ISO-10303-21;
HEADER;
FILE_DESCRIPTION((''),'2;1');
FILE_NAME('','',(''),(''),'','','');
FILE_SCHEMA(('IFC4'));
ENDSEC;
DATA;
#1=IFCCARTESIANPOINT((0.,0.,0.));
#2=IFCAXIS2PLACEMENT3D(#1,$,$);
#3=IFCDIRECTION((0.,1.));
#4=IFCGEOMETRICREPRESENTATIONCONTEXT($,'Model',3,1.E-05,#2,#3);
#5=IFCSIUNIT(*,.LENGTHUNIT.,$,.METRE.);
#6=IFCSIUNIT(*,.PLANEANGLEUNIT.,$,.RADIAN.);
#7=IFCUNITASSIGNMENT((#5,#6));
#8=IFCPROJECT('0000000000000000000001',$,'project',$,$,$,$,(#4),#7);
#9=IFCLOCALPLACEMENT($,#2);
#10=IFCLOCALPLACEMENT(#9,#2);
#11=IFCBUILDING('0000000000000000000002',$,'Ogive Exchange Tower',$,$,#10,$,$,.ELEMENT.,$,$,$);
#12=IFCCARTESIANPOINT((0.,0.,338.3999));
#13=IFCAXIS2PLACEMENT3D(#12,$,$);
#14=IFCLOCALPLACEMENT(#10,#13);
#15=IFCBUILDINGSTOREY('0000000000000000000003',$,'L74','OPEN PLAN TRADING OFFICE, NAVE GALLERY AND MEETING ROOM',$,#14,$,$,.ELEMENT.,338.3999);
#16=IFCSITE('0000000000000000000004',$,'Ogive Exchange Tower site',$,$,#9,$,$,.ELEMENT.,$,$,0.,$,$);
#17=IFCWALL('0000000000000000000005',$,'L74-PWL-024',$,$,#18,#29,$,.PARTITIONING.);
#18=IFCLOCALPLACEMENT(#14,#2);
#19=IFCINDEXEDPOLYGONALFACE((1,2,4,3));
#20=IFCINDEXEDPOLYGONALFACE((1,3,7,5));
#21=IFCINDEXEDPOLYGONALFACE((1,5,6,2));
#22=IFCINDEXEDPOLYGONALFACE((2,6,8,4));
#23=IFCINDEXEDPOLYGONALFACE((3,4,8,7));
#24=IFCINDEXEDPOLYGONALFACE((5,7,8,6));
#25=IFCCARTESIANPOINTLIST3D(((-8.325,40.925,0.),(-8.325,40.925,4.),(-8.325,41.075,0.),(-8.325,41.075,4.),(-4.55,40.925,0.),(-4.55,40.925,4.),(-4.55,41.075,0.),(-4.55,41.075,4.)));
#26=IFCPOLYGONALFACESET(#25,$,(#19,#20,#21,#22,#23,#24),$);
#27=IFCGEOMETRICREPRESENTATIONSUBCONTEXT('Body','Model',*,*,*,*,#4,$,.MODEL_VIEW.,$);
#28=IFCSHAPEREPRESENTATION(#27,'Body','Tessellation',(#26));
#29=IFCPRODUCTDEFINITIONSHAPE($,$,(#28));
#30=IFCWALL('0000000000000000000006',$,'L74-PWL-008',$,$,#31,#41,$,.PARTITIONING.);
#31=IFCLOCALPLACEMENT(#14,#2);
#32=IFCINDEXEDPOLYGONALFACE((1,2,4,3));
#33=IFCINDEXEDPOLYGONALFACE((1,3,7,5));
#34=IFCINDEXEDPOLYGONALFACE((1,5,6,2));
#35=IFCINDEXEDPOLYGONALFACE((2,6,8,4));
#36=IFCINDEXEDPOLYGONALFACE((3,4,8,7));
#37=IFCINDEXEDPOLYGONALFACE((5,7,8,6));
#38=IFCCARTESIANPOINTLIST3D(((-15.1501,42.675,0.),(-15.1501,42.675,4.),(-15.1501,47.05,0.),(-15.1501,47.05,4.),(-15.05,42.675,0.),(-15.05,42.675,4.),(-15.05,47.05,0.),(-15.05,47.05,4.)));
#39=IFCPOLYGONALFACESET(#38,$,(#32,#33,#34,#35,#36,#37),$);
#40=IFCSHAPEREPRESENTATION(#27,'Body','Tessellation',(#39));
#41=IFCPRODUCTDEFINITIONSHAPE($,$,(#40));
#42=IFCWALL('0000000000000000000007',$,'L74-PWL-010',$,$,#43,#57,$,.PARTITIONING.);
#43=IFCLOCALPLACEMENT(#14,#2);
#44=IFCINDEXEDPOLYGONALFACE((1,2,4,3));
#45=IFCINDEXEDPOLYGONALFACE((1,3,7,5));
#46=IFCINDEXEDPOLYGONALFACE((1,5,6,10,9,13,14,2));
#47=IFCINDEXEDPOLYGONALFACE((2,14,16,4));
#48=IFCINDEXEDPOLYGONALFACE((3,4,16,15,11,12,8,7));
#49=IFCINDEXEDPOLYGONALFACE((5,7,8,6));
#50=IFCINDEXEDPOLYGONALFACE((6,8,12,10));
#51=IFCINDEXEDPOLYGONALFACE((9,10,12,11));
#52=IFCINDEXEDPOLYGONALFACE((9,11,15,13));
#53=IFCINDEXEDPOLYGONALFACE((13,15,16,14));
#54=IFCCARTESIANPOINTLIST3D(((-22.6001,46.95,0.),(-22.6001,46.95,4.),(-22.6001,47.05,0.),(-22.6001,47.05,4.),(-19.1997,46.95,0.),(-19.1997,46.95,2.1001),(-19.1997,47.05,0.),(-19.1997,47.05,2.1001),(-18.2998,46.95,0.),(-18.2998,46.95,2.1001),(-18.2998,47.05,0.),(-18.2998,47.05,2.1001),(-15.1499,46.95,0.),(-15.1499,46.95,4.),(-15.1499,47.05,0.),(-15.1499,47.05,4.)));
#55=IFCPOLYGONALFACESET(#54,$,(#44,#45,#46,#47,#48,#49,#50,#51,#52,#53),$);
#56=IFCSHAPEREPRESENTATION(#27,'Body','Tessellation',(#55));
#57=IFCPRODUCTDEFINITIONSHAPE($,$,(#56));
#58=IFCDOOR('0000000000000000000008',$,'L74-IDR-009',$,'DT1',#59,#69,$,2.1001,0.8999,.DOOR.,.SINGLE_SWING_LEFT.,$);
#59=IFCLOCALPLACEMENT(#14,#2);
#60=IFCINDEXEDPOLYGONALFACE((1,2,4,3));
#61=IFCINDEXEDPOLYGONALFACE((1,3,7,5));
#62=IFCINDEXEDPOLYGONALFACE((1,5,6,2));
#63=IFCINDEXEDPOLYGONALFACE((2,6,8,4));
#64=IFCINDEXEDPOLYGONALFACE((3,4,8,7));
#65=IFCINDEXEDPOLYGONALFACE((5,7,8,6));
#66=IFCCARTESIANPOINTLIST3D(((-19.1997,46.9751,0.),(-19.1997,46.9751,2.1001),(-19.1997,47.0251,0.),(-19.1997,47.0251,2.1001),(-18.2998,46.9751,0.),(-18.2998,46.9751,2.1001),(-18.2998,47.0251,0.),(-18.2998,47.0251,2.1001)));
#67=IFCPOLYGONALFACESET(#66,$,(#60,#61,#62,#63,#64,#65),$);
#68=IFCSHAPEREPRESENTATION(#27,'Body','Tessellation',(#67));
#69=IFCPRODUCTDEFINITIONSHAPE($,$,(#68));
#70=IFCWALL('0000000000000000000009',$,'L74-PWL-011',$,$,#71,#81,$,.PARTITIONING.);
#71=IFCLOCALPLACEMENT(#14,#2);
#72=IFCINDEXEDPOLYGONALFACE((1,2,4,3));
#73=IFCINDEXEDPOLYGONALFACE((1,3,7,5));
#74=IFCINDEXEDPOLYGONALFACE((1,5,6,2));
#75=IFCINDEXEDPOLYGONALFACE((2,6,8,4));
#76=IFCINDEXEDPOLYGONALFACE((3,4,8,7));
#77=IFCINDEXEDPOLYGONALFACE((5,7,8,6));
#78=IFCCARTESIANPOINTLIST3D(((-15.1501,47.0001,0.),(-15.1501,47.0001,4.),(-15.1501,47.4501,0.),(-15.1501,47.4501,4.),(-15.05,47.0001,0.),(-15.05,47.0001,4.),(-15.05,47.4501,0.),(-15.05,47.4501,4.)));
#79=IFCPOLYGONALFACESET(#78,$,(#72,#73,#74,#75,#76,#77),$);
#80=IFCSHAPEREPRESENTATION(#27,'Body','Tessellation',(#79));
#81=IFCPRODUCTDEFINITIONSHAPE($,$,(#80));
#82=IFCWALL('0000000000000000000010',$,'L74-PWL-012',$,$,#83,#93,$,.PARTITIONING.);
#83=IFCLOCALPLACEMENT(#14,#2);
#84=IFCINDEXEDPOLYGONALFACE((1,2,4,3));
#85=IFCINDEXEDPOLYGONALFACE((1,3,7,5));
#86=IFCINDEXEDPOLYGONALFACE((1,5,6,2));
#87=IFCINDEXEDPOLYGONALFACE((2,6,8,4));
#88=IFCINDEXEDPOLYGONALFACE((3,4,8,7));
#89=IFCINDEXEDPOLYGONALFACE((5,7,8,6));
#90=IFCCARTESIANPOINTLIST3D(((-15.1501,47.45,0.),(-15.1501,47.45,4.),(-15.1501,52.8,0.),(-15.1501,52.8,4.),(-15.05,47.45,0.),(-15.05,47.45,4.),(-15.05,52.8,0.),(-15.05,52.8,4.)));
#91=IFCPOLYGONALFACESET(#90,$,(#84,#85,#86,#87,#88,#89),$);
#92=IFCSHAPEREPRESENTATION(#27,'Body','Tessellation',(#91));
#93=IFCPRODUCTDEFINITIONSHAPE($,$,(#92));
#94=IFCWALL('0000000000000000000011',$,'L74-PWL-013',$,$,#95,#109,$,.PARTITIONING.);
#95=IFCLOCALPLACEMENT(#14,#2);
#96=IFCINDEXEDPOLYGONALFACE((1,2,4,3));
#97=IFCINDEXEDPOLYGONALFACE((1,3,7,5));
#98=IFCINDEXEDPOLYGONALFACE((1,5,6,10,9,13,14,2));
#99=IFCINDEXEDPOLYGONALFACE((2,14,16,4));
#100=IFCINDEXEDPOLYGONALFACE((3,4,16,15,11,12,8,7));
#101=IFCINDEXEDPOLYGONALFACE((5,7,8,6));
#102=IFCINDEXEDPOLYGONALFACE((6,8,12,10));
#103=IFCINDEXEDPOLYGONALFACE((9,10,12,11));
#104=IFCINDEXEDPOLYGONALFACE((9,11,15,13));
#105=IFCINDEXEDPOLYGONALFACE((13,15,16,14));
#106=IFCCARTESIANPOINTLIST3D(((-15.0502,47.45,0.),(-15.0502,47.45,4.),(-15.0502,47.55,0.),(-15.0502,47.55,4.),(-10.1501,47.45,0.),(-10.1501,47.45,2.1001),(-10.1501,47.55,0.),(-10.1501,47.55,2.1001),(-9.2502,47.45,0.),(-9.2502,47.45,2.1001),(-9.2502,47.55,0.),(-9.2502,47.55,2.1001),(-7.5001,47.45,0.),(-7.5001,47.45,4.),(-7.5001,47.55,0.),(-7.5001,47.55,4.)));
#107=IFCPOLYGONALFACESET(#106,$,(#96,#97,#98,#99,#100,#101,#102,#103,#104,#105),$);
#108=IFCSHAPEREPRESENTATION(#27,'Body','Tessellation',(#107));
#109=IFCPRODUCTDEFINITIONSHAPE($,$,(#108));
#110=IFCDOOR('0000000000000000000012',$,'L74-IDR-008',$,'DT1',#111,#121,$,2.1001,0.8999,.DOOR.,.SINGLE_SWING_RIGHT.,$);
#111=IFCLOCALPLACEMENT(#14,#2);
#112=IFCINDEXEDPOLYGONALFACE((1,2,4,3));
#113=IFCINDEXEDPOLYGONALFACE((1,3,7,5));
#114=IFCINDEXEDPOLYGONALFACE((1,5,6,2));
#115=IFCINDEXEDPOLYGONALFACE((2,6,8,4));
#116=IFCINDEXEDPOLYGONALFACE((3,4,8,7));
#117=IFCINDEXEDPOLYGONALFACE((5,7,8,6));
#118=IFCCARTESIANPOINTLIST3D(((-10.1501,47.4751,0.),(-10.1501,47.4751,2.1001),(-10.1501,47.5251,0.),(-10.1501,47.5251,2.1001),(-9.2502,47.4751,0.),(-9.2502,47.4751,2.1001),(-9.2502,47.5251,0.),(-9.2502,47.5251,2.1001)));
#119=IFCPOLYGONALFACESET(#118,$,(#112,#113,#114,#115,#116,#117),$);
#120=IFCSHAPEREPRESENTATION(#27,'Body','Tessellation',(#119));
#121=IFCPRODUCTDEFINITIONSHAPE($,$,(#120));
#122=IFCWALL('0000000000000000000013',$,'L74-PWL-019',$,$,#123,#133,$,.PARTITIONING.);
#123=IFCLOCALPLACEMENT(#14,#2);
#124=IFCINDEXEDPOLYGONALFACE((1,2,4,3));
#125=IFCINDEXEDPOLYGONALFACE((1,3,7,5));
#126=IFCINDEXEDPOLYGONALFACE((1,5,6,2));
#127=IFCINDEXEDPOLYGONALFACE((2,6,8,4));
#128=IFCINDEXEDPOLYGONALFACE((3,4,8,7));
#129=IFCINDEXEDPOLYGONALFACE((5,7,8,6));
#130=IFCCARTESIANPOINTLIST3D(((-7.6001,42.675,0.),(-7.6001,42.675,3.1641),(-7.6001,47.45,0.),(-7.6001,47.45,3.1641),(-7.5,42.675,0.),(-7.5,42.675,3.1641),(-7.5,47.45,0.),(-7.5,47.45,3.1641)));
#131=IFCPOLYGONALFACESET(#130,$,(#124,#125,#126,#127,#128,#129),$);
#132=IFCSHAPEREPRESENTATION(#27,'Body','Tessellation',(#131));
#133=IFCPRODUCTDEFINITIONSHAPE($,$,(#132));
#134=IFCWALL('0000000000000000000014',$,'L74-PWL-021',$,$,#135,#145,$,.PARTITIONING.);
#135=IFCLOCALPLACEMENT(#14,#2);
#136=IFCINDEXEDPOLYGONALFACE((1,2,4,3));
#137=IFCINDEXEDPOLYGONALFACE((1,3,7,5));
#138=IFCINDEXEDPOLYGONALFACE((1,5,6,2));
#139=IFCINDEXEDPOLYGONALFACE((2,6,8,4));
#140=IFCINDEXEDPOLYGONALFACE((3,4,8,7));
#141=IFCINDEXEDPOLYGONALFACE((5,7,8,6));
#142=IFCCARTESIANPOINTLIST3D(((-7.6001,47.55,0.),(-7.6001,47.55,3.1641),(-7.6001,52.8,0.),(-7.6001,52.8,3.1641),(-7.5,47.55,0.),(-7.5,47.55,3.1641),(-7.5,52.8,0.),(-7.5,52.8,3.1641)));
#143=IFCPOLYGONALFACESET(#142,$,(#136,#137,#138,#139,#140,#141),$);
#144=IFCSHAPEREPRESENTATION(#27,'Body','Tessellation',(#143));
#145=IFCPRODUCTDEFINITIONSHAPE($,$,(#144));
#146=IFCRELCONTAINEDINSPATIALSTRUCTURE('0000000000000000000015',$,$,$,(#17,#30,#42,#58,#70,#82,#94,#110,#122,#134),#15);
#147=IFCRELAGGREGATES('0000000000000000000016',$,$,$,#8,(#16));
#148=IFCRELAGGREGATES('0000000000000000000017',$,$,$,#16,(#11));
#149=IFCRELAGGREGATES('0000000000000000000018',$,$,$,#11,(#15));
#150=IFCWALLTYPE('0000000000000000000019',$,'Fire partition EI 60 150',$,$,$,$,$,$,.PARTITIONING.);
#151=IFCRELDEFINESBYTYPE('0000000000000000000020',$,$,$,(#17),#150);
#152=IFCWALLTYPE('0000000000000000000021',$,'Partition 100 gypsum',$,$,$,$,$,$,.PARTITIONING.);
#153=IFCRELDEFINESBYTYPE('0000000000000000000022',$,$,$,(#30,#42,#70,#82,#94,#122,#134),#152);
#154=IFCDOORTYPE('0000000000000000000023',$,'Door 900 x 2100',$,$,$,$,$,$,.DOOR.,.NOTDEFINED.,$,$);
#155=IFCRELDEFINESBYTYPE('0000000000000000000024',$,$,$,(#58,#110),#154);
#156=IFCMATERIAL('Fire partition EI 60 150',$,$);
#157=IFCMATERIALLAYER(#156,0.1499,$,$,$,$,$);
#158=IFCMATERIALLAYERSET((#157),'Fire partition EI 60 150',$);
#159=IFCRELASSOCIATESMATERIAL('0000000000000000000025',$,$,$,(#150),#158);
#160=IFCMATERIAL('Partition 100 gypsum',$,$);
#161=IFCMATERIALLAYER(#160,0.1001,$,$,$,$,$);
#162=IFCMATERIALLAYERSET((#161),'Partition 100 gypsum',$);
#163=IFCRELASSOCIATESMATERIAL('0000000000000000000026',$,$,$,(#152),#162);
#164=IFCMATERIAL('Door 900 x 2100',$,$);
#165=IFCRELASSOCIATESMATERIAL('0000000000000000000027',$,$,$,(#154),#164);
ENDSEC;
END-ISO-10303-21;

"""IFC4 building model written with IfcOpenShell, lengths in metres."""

from ifc_helpers import new_model, si_unit, direction, frame, frame_2d, origin, place, context, subcontext, project, spatial, rectangle, extrude, material, layer, layer_set, type_object, element, fill, save


model = new_model("IFC4")

# Units and contexts
model_context = context("Model", 3, precision=1e-05, world=origin(), true_north=direction((0.0, 1.0)))
body_context = subcontext(model_context, "Body", "Model", "MODEL_VIEW")
ifc_project = project(units=[si_unit("LENGTHUNIT", "METRE"), si_unit("PLANEANGLEUNIT", "RADIAN")], contexts=[model_context])

# Site, building, storey
site_placement = place(None, origin())
site = spatial("IfcSite", under=ifc_project, at=site_placement, Name="Ogive Exchange Tower site", CompositionType="ELEMENT", RefElevation=0.0)
building_placement = place(site_placement, origin())
building = spatial("IfcBuilding", under=site, at=building_placement, Name="Ogive Exchange Tower", CompositionType="ELEMENT")
storey_placement = place(building_placement, frame((0.0, 0.0, 338.3999)))
storey = spatial("IfcBuildingStorey", under=building, at=storey_placement, Name="L74", Description="OPEN PLAN TRADING OFFICE, NAVE GALLERY AND MEETING ROOM", CompositionType="ELEMENT", Elevation=338.3999)

# Shared definitions
ifc_material_1 = material(Name="Fire partition EI 60 150")
ifc_layer_1 = layer(ifc_material_1, 0.1499)
ifc_layer_set_1 = layer_set([ifc_layer_1], Name="Fire partition EI 60 150")
wall_type_1 = type_object("IfcWallType", Name="Fire partition EI 60 150", PredefinedType="PARTITIONING", material=ifc_layer_set_1)

# Walls
wall_1_placement = place(storey_placement, frame((-4.55, 41.0, 0.0), z_axis=(0.0, 0.0, 1.0), x_axis=(-1.0, 0.0, 0.0)))
element("IfcWall", 1, at=wall_1_placement, inside=storey, type_object=wall_type_1, Name="L74-PWL-024", PredefinedType="PARTITIONING", context=body_context, shape_type="SweptSolid", body=[
    extrude(rectangle(XDim=3.7749, YDim=0.1499, at=frame_2d((1.8875, 0.0))), origin(), (0.0, 0.0, 1.0), 4.0),
])
ifc_material_2 = material(Name="Partition 100 gypsum")
ifc_layer_2 = layer(ifc_material_2, 0.1001)
ifc_layer_set_2 = layer_set([ifc_layer_2], Name="Partition 100 gypsum")
wall_type_2 = type_object("IfcWallType", Name="Partition 100 gypsum", PredefinedType="PARTITIONING", material=ifc_layer_set_2)
wall_2_placement = place(storey_placement, frame((-15.1001, 42.675, 0.0), z_axis=(0.0, 0.0, 1.0), x_axis=(0.0, 1.0, 0.0)))
element("IfcWall", 2, at=wall_2_placement, inside=storey, type_object=wall_type_2, Name="L74-PWL-008", PredefinedType="PARTITIONING", context=body_context, shape_type="SweptSolid", body=[
    extrude(rectangle(XDim=4.375, YDim=0.1001, at=frame_2d((2.1875, 0.0))), origin(), (0.0, 0.0, 1.0), 4.0),
])

# Wall, opening, door
wall_3_placement = place(storey_placement, frame((-15.1499, 47.0, 0.0), z_axis=(0.0, 0.0, 1.0), x_axis=(-1.0, 0.0, 0.0)))
wall_3 = element("IfcWall", 3, at=wall_3_placement, inside=storey, type_object=wall_type_2, Name="L74-PWL-010", PredefinedType="PARTITIONING", context=body_context, shape_type="SweptSolid", body=[
    extrude(rectangle(XDim=7.4502, YDim=0.1001, at=frame_2d((3.7251, 0.0))), origin(), (0.0, 0.0, 1.0), 4.0),
])
opening_1_placement = place(wall_3_placement, frame((3.1499, 0.0, 0.0)))
opening_1 = element("IfcOpeningElement", 4, at=opening_1_placement, cuts=wall_3, PredefinedType="OPENING", context=body_context, shape_type="SweptSolid", body=[
    extrude(rectangle(XDim=0.8999, YDim=2.1001, at=frame_2d((0.45, 1.05))), frame((0.0, 0.0601, 0.0), z_axis=(0.0, -1.0, 0.0), x_axis=(1.0, 0.0, 0.0)), (0.0, 0.0, 1.0), 0.1201),
])
ifc_material_3 = material(Name="Door 900 x 2100")
door_type_1 = type_object("IfcDoorType", Name="Door 900 x 2100", OperationType="NOTDEFINED", PredefinedType="DOOR", material=ifc_material_3)
door_1_placement = place(opening_1_placement, origin())
door_1 = element("IfcDoor", 5, at=door_1_placement, inside=storey, type_object=door_type_1, Name="L74-IDR-009", ObjectType="DT1", OperationType="SINGLE_SWING_LEFT", OverallHeight=2.1001, OverallWidth=0.8999, PredefinedType="DOOR", context=body_context, shape_type="SweptSolid", body=[
    extrude(rectangle(XDim=0.8999, YDim=2.1001, at=frame_2d((0.45, 1.05))), frame((0.0, 0.0249, 0.0), z_axis=(0.0, -1.0, 0.0), x_axis=(1.0, 0.0, 0.0)), (0.0, 0.0, 1.0), 0.05),
])
fill(opening_1, door_1)

# Walls
wall_4_placement = place(storey_placement, frame((-15.1001, 47.0, 0.0), z_axis=(0.0, 0.0, 1.0), x_axis=(0.0, 1.0, 0.0)))
element("IfcWall", 6, at=wall_4_placement, inside=storey, type_object=wall_type_2, Name="L74-PWL-011", PredefinedType="PARTITIONING", context=body_context, shape_type="SweptSolid", body=[
    extrude(rectangle(XDim=0.45, YDim=0.1001, at=frame_2d((0.2251, 0.0))), origin(), (0.0, 0.0, 1.0), 4.0),
])
wall_5_placement = place(storey_placement, frame((-15.1001, 47.45, 0.0), z_axis=(0.0, 0.0, 1.0), x_axis=(0.0, 1.0, 0.0)))
element("IfcWall", 7, at=wall_5_placement, inside=storey, type_object=wall_type_2, Name="L74-PWL-012", PredefinedType="PARTITIONING", context=body_context, shape_type="SweptSolid", body=[
    extrude(rectangle(XDim=5.3501, YDim=0.1001, at=frame_2d((2.675, 0.0))), origin(), (0.0, 0.0, 1.0), 4.0),
])

# Wall, opening, door
wall_6_placement = place(storey_placement, frame((-15.05, 47.5, 0.0), z_axis=(0.0, 0.0, 1.0), x_axis=(1.0, 0.0, 0.0)))
wall_6 = element("IfcWall", 8, at=wall_6_placement, inside=storey, type_object=wall_type_2, Name="L74-PWL-013", PredefinedType="PARTITIONING", context=body_context, shape_type="SweptSolid", body=[
    extrude(rectangle(XDim=7.55, YDim=0.1001, at=frame_2d((3.7749, 0.0))), origin(), (0.0, 0.0, 1.0), 4.0),
])
opening_2_placement = place(wall_6_placement, frame((4.8999, 0.0, 0.0)))
opening_2 = element("IfcOpeningElement", 9, at=opening_2_placement, cuts=wall_6, PredefinedType="OPENING", context=body_context, shape_type="SweptSolid", body=[
    extrude(rectangle(XDim=0.8999, YDim=2.1001, at=frame_2d((0.45, 1.05))), frame((0.0, 0.0601, 0.0), z_axis=(0.0, -1.0, 0.0), x_axis=(1.0, 0.0, 0.0)), (0.0, 0.0, 1.0), 0.1201),
])
door_2_placement = place(opening_2_placement, frame((0.8999, 0.0, 0.0), z_axis=(0.0, 0.0, 1.0), x_axis=(-1.0, 0.0, 0.0)))
door_2 = element("IfcDoor", 10, at=door_2_placement, inside=storey, type_object=door_type_1, Name="L74-IDR-008", ObjectType="DT1", OperationType="SINGLE_SWING_RIGHT", OverallHeight=2.1001, OverallWidth=0.8999, PredefinedType="DOOR", context=body_context, shape_type="SweptSolid", body=[
    extrude(rectangle(XDim=0.8999, YDim=2.1001, at=frame_2d((0.45, 1.05))), frame((0.0, 0.0249, 0.0), z_axis=(0.0, -1.0, 0.0), x_axis=(1.0, 0.0, 0.0)), (0.0, 0.0, 1.0), 0.05),
])
fill(opening_2, door_2)

# Walls
wall_7_placement = place(storey_placement, frame((-7.55, 42.675, 0.0), z_axis=(0.0, 0.0, 1.0), x_axis=(0.0, 1.0, 0.0)))
element("IfcWall", 11, at=wall_7_placement, inside=storey, type_object=wall_type_2, Name="L74-PWL-019", PredefinedType="PARTITIONING", context=body_context, shape_type="SweptSolid", body=[
    extrude(rectangle(XDim=4.7749, YDim=0.1001, at=frame_2d((2.3875, 0.0))), origin(), (0.0, 0.0, 1.0), 3.1641),
])
wall_8_placement = place(storey_placement, frame((-7.55, 47.55, 0.0), z_axis=(0.0, 0.0, 1.0), x_axis=(0.0, 1.0, 0.0)))
element("IfcWall", 12, at=wall_8_placement, inside=storey, type_object=wall_type_2, Name="L74-PWL-021", PredefinedType="PARTITIONING", context=body_context, shape_type="SweptSolid", body=[
    extrude(rectangle(XDim=5.25, YDim=0.1001, at=frame_2d((2.625, 0.0))), origin(), (0.0, 0.0, 1.0), 3.1641),
])

save(model, "model.ifc")
